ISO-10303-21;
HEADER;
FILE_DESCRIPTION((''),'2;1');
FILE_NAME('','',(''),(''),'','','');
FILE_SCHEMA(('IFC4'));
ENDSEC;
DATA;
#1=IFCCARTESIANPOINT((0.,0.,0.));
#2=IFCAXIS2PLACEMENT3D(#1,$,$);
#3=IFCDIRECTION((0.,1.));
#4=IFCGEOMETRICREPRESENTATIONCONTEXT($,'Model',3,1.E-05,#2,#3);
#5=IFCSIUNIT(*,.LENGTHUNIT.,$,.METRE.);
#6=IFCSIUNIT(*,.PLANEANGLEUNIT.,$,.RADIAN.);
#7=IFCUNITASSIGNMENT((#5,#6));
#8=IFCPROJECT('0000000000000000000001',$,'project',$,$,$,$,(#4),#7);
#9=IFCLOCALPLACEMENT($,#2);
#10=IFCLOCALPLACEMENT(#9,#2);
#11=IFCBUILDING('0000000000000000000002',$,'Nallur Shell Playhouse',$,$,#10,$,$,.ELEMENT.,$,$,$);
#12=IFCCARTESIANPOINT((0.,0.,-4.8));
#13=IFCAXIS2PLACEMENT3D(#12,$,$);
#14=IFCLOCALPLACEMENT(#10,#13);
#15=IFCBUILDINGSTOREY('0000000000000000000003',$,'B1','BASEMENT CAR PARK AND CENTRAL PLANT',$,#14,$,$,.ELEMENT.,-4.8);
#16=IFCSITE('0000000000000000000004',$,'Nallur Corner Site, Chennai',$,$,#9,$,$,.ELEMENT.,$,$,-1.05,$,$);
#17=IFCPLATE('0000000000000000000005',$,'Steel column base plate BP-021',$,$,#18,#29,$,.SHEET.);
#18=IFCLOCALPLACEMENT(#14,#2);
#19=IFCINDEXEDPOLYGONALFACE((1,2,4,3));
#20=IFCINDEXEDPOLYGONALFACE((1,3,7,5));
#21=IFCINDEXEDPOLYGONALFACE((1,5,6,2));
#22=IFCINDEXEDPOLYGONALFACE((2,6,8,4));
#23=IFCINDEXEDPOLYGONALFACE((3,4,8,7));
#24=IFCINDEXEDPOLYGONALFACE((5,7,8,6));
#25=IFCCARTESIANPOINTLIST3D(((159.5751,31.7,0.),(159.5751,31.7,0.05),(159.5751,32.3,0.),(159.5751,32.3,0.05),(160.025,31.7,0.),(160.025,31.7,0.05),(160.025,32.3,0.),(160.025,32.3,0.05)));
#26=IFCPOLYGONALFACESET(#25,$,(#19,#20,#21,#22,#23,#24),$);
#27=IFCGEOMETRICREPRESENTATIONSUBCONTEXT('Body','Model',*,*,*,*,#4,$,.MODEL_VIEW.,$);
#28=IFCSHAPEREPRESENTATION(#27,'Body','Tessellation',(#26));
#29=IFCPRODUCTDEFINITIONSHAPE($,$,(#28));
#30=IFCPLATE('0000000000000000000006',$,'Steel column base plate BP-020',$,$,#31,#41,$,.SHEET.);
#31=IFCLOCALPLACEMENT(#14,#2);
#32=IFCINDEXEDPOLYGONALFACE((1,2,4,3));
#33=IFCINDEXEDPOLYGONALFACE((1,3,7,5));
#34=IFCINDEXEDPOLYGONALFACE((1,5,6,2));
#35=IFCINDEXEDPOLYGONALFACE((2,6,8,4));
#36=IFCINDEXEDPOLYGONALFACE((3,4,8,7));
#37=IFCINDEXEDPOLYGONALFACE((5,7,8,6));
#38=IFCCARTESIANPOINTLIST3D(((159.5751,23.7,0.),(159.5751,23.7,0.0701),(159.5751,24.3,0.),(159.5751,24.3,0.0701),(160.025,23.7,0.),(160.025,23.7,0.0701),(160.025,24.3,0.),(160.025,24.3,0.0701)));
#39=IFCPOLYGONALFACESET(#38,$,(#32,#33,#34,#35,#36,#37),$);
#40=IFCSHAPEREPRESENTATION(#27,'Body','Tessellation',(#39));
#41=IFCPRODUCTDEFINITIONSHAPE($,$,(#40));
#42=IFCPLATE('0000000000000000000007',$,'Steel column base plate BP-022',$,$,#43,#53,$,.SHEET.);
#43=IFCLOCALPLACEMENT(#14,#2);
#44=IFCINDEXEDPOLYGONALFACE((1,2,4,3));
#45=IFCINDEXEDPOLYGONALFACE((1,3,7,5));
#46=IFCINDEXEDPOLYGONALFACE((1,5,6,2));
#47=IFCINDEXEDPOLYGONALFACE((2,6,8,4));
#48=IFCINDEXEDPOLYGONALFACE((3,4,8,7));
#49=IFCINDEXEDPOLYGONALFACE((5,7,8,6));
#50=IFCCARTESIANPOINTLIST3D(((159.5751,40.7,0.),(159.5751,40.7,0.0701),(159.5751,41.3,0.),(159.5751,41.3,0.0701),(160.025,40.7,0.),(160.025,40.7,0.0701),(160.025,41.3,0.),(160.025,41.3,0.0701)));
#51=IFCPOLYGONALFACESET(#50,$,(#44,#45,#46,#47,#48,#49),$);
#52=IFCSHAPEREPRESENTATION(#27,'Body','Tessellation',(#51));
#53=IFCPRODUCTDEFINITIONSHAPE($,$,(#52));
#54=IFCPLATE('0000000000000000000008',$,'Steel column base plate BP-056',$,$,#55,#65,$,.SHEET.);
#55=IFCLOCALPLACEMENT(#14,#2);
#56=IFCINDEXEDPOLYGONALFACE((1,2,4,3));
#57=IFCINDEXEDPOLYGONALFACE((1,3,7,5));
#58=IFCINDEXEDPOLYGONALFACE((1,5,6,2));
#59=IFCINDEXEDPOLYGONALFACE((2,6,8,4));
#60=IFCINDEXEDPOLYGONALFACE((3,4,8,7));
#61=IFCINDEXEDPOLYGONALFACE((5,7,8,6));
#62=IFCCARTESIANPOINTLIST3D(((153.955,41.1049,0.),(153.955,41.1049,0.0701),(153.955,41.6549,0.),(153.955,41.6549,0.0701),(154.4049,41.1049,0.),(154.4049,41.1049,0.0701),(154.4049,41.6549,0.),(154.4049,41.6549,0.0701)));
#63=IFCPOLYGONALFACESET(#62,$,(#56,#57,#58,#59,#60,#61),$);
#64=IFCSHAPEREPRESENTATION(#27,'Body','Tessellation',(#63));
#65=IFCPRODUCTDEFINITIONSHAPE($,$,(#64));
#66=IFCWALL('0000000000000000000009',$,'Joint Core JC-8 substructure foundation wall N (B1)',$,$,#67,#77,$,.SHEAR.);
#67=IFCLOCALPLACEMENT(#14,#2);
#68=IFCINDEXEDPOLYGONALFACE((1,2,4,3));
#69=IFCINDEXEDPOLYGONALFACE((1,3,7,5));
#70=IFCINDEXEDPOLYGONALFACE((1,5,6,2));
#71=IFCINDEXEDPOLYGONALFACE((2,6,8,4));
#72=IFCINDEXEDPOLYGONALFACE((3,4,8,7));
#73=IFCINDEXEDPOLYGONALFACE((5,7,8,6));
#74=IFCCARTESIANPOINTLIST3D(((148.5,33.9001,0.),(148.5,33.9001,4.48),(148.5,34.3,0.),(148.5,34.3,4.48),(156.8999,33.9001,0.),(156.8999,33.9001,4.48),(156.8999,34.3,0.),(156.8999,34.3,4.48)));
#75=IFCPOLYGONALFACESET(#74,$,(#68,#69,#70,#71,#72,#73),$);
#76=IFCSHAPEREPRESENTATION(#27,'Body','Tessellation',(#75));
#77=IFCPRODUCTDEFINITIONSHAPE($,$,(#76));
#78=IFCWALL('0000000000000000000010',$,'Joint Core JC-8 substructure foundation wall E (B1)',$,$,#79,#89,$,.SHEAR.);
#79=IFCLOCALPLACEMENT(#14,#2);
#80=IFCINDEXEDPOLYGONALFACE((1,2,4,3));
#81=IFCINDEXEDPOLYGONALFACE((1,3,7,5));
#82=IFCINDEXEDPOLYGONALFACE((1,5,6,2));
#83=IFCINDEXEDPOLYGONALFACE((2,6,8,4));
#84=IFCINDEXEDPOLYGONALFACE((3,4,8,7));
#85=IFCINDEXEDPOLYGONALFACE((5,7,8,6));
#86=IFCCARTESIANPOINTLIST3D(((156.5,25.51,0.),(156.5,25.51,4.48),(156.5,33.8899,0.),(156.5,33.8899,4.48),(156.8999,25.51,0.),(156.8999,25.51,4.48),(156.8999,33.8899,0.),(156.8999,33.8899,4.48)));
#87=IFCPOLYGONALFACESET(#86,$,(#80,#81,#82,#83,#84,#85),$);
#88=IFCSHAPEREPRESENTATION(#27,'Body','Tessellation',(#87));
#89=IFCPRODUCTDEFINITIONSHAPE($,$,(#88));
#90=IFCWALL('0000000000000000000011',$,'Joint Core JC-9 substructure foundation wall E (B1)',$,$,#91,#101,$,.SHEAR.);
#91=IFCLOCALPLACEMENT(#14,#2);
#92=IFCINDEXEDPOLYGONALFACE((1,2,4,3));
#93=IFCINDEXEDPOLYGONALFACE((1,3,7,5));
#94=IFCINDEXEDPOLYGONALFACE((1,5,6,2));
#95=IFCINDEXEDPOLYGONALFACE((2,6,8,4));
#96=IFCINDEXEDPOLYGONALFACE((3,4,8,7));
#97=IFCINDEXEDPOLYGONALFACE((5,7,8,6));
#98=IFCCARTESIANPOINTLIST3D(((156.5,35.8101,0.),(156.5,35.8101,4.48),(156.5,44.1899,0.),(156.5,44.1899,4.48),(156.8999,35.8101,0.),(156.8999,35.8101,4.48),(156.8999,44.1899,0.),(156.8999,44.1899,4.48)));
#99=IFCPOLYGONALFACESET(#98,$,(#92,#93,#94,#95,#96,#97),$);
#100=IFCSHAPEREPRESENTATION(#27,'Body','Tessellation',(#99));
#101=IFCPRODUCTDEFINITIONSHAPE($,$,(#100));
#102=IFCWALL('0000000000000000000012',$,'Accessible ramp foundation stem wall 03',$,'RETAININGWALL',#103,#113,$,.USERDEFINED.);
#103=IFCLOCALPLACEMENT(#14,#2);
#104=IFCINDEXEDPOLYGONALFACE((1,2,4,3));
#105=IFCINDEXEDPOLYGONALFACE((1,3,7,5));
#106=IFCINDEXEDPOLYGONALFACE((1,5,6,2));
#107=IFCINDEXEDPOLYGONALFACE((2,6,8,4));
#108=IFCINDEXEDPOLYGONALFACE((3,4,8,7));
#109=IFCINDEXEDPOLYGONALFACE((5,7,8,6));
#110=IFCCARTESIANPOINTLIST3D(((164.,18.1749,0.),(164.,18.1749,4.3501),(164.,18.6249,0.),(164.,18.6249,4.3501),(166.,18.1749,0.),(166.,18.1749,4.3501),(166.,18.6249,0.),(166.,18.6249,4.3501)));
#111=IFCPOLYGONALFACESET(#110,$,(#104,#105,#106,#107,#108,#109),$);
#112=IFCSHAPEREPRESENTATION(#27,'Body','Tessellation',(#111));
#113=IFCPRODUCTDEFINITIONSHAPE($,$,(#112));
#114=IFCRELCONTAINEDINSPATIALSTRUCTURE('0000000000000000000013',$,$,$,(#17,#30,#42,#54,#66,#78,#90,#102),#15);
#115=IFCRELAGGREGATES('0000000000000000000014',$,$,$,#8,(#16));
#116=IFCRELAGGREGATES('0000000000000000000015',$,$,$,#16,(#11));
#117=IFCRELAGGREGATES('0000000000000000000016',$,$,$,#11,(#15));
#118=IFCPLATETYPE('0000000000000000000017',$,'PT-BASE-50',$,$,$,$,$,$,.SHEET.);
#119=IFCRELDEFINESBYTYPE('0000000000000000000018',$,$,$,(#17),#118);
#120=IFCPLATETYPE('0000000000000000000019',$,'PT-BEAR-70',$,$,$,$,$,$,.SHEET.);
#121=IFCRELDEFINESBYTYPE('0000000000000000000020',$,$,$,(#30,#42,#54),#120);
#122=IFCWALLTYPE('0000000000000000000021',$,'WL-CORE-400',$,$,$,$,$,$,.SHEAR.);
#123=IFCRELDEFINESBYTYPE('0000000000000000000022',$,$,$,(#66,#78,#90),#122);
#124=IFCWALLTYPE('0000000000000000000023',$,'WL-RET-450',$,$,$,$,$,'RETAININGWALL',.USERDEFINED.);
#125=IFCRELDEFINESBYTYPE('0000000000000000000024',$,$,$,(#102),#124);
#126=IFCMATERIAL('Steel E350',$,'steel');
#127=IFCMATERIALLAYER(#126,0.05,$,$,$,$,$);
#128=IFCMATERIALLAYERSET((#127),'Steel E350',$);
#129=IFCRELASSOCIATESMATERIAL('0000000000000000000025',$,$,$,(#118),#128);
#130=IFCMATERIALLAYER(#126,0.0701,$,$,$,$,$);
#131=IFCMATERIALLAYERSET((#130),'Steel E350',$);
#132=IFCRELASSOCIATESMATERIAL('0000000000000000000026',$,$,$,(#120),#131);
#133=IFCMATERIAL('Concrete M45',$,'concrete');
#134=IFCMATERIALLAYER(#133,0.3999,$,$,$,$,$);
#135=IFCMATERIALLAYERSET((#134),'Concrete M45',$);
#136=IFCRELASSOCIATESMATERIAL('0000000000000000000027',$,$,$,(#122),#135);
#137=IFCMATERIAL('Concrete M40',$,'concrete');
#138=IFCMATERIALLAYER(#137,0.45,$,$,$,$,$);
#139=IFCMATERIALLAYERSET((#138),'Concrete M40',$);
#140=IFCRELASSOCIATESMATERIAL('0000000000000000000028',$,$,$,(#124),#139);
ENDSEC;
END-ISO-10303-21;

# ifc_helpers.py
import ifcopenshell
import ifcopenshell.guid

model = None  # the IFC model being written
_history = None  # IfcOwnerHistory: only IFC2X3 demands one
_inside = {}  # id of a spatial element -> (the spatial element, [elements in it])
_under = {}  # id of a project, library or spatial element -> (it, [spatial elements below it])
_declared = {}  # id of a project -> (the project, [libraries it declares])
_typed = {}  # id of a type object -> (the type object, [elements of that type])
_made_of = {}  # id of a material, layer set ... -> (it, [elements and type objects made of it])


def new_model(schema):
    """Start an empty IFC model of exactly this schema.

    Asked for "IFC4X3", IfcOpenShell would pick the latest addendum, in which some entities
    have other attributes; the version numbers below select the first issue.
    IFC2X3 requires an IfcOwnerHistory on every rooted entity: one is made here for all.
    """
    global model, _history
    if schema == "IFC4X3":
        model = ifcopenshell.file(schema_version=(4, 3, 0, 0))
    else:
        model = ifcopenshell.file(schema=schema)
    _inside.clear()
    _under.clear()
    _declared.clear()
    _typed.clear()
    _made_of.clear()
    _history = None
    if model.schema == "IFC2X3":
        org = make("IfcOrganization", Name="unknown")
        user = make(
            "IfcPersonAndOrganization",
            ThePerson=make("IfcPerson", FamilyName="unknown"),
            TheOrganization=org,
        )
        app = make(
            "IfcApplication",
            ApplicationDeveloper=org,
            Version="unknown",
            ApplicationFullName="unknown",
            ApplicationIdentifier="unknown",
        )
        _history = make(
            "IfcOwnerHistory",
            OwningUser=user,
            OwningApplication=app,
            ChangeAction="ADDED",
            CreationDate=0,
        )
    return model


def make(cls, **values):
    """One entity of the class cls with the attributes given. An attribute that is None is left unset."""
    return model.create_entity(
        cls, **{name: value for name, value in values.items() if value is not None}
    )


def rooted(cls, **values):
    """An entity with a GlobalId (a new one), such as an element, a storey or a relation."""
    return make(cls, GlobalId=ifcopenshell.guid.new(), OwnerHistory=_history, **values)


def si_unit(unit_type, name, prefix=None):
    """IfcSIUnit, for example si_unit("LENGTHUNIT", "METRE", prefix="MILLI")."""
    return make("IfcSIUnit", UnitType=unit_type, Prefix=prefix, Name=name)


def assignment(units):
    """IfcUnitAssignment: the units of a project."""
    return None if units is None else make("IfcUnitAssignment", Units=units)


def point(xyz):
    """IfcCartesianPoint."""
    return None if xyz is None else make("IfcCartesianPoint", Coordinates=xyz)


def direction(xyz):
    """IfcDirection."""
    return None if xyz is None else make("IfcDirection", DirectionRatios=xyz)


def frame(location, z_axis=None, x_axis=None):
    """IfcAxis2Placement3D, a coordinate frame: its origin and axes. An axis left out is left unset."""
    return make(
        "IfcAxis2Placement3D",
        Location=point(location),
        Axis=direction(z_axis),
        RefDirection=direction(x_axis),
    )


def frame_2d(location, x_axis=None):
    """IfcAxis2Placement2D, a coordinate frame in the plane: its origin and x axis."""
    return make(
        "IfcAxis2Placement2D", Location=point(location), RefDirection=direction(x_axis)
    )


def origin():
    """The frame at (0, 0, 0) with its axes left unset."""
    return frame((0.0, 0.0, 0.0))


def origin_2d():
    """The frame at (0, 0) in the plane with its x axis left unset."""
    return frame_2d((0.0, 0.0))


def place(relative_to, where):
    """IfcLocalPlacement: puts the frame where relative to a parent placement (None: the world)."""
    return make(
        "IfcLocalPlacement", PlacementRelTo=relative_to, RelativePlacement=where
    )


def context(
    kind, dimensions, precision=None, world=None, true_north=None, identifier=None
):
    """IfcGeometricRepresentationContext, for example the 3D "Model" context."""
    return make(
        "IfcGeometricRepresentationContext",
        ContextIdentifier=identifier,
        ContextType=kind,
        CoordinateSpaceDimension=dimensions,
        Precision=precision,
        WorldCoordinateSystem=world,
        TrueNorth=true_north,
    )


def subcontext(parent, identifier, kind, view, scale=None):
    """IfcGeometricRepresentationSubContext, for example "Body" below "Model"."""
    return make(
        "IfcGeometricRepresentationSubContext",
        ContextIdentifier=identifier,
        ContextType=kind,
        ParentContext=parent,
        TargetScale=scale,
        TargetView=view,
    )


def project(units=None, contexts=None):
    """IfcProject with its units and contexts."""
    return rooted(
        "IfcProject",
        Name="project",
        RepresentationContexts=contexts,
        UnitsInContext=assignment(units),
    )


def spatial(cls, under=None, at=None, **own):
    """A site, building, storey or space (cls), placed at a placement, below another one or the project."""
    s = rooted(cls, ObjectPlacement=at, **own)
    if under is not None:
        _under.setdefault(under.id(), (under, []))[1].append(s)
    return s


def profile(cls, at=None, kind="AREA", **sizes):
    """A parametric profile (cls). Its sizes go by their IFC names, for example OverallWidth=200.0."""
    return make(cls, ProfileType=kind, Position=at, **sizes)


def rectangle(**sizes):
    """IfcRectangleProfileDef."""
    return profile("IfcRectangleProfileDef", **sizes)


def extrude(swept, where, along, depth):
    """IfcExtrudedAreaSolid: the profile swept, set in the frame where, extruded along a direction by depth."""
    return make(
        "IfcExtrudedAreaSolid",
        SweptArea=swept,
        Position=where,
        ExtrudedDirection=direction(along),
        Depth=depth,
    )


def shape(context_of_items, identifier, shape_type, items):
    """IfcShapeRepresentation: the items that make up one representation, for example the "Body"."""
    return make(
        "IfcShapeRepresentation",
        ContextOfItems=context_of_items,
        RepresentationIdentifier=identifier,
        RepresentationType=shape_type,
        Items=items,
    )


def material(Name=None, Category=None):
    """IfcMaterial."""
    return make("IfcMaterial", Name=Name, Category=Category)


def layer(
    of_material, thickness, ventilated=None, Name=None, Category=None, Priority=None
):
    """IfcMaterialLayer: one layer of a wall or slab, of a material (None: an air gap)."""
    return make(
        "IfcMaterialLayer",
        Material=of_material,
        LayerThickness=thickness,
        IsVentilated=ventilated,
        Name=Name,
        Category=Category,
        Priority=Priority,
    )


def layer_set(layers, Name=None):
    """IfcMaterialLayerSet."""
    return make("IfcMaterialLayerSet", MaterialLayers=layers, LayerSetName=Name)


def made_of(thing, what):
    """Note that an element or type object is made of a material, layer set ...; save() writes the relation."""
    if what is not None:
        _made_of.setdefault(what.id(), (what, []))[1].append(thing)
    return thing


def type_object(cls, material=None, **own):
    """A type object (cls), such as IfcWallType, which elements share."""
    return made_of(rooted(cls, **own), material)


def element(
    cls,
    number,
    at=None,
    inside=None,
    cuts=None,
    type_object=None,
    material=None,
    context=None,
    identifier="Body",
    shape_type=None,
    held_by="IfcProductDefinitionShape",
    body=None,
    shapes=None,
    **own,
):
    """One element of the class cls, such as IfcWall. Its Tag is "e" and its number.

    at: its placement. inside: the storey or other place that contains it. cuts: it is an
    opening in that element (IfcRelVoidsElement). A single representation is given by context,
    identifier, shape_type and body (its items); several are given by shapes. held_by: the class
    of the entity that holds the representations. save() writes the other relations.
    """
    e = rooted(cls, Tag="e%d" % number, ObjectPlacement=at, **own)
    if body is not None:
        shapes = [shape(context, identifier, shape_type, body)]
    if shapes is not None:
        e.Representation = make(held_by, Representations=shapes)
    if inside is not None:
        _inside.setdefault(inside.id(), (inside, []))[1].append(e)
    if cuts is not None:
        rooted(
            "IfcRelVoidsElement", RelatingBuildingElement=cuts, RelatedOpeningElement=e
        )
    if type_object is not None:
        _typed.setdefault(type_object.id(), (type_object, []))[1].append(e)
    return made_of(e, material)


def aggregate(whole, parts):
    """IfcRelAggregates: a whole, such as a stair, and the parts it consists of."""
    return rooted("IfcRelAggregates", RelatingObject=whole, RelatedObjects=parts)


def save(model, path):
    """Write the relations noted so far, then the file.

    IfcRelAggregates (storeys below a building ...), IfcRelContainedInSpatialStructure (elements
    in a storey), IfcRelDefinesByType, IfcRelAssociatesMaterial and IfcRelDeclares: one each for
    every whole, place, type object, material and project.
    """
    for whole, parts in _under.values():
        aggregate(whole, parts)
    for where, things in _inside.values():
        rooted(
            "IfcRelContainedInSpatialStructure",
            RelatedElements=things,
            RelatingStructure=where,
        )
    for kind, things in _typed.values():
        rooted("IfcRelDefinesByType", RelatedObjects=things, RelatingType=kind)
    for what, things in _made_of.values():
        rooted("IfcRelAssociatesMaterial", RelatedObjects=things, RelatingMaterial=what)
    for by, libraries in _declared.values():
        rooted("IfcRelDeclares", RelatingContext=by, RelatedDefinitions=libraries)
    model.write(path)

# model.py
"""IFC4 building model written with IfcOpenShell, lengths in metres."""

from ifc_helpers import new_model, si_unit, direction, frame, frame_2d, origin, origin_2d, place, context, subcontext, project, spatial, rectangle, extrude, material, layer, layer_set, type_object, element, save


model = new_model("IFC4")

# Units and contexts
model_context = context("Model", 3, precision=1e-05, world=origin(), true_north=direction((0.0, 1.0)))
body_context = subcontext(model_context, "Body", "Model", "MODEL_VIEW")
ifc_project = project(units=[si_unit("LENGTHUNIT", "METRE"), si_unit("PLANEANGLEUNIT", "RADIAN")], contexts=[model_context])

# Site, building, storey
site_placement = place(None, origin())
site = spatial("IfcSite", under=ifc_project, at=site_placement, Name="Nallur Corner Site, Chennai", CompositionType="ELEMENT", RefElevation=-1.05)
building_placement = place(site_placement, origin())
building = spatial("IfcBuilding", under=site, at=building_placement, Name="Nallur Shell Playhouse", CompositionType="ELEMENT")
storey_placement = place(building_placement, frame((0.0, 0.0, -4.8)))
storey = spatial("IfcBuildingStorey", under=building, at=storey_placement, Name="B1", Description="BASEMENT CAR PARK AND CENTRAL PLANT", CompositionType="ELEMENT", Elevation=-4.8)

# Shared definitions
ifc_material_1 = material(Name="Steel E350", Category="steel")

# Plates
ifc_layer_1 = layer(ifc_material_1, 0.05)
ifc_layer_set_1 = layer_set([ifc_layer_1], Name="Steel E350")
plate_type_1 = type_object("IfcPlateType", Name="PT-BASE-50", PredefinedType="SHEET", material=ifc_layer_set_1)
plate_1_placement = place(storey_placement, frame((159.8, 32.0, 0.0), z_axis=(0.0, 0.0, 1.0), x_axis=(1.0, 0.0, 0.0)))
element("IfcPlate", 1, at=plate_1_placement, inside=storey, type_object=plate_type_1, Name="Steel column base plate BP-021", PredefinedType="SHEET", context=body_context, shape_type="SweptSolid", body=[
    extrude(rectangle(XDim=0.45, YDim=0.6001, at=origin_2d()), origin(), (0.0, 0.0, 1.0), 0.05),
])
ifc_layer_2 = layer(ifc_material_1, 0.0701)
ifc_layer_set_2 = layer_set([ifc_layer_2], Name="Steel E350")
plate_type_2 = type_object("IfcPlateType", Name="PT-BEAR-70", PredefinedType="SHEET", material=ifc_layer_set_2)
for number, where, z_axis, x_axis, name in (
    (2, (159.8, 24.0, 0.0), (0.0, 0.0, 1.0), (1.0, 0.0, 0.0), "Steel column base plate BP-020"),
    (3, (159.8, 41.0, 0.0), (0.0, 0.0, 1.0), (1.0, 0.0, 0.0), "Steel column base plate BP-022"),
):
    element("IfcPlate", number, at=place(storey_placement, frame(where, z_axis=z_axis, x_axis=x_axis)), inside=storey, type_object=plate_type_2, Name=name, PredefinedType="SHEET", context=body_context, shape_type="SweptSolid", body=[
        extrude(rectangle(XDim=0.45, YDim=0.6001, at=origin_2d()), origin(), (0.0, 0.0, 1.0), 0.0701),
    ])
plate_2_placement = place(storey_placement, frame((154.1799, 41.3799, 0.0), z_axis=(0.0, 0.0, 1.0), x_axis=(1.0, 0.0, 0.0)))
element("IfcPlate", 4, at=plate_2_placement, inside=storey, type_object=plate_type_2, Name="Steel column base plate BP-056", PredefinedType="SHEET", context=body_context, shape_type="SweptSolid", body=[
    extrude(rectangle(XDim=0.45, YDim=0.55, at=origin_2d()), origin(), (0.0, 0.0, 1.0), 0.0701),
])

# Walls
ifc_material_2 = material(Name="Concrete M45", Category="concrete")
ifc_layer_3 = layer(ifc_material_2, 0.3999)
ifc_layer_set_3 = layer_set([ifc_layer_3], Name="Concrete M45")
wall_type_1 = type_object("IfcWallType", Name="WL-CORE-400", PredefinedType="SHEAR", material=ifc_layer_set_3)
wall_1_placement = place(storey_placement, frame((156.8999, 34.1001, 0.0), z_axis=(0.0, 0.0, 1.0), x_axis=(-1.0, 0.0, 0.0)))
element("IfcWall", 5, at=wall_1_placement, inside=storey, type_object=wall_type_1, Name="Joint Core JC-8 substructure foundation wall N (B1)", PredefinedType="SHEAR", context=body_context, shape_type="SweptSolid", body=[
    extrude(rectangle(XDim=8.3999, YDim=0.3999, at=frame_2d((4.2, 0.0))), origin(), (0.0, 0.0, 1.0), 4.48),
])
for number, where, z_axis, x_axis, name in (
    (6, (156.7, 25.51, 0.0), (0.0, 0.0, 1.0), (0.0, 1.0, 0.0), "Joint Core JC-8 substructure foundation wall E (B1)"),
    (7, (156.7, 35.8101, 0.0), (0.0, 0.0, 1.0), (0.0, 1.0, 0.0), "Joint Core JC-9 substructure foundation wall E (B1)"),
):
    element("IfcWall", number, at=place(storey_placement, frame(where, z_axis=z_axis, x_axis=x_axis)), inside=storey, type_object=wall_type_1, Name=name, PredefinedType="SHEAR", context=body_context, shape_type="SweptSolid", body=[
        extrude(rectangle(XDim=8.3799, YDim=0.3999, at=frame_2d((4.1899, 0.0))), origin(), (0.0, 0.0, 1.0), 4.48),
    ])
ifc_material_3 = material(Name="Concrete M40", Category="concrete")
ifc_layer_4 = layer(ifc_material_3, 0.45)
ifc_layer_set_4 = layer_set([ifc_layer_4], Name="Concrete M40")
wall_type_2 = type_object("IfcWallType", Name="WL-RET-450", ElementType="RETAININGWALL", PredefinedType="USERDEFINED", material=ifc_layer_set_4)
wall_2_placement = place(storey_placement, frame((164.0, 18.3999, 0.0), z_axis=(0.0, 0.0, 1.0), x_axis=(1.0, 0.0, 0.0)))
element("IfcWall", 8, at=wall_2_placement, inside=storey, type_object=wall_type_2, Name="Accessible ramp foundation stem wall 03", ObjectType="RETAININGWALL", PredefinedType="USERDEFINED", context=body_context, shape_type="SweptSolid", body=[
    extrude(rectangle(XDim=2.0, YDim=0.45, at=frame_2d((1.0, 0.0))), origin(), (0.0, 0.0, 1.0), 4.3501),
])

save(model, "model.ifc")
